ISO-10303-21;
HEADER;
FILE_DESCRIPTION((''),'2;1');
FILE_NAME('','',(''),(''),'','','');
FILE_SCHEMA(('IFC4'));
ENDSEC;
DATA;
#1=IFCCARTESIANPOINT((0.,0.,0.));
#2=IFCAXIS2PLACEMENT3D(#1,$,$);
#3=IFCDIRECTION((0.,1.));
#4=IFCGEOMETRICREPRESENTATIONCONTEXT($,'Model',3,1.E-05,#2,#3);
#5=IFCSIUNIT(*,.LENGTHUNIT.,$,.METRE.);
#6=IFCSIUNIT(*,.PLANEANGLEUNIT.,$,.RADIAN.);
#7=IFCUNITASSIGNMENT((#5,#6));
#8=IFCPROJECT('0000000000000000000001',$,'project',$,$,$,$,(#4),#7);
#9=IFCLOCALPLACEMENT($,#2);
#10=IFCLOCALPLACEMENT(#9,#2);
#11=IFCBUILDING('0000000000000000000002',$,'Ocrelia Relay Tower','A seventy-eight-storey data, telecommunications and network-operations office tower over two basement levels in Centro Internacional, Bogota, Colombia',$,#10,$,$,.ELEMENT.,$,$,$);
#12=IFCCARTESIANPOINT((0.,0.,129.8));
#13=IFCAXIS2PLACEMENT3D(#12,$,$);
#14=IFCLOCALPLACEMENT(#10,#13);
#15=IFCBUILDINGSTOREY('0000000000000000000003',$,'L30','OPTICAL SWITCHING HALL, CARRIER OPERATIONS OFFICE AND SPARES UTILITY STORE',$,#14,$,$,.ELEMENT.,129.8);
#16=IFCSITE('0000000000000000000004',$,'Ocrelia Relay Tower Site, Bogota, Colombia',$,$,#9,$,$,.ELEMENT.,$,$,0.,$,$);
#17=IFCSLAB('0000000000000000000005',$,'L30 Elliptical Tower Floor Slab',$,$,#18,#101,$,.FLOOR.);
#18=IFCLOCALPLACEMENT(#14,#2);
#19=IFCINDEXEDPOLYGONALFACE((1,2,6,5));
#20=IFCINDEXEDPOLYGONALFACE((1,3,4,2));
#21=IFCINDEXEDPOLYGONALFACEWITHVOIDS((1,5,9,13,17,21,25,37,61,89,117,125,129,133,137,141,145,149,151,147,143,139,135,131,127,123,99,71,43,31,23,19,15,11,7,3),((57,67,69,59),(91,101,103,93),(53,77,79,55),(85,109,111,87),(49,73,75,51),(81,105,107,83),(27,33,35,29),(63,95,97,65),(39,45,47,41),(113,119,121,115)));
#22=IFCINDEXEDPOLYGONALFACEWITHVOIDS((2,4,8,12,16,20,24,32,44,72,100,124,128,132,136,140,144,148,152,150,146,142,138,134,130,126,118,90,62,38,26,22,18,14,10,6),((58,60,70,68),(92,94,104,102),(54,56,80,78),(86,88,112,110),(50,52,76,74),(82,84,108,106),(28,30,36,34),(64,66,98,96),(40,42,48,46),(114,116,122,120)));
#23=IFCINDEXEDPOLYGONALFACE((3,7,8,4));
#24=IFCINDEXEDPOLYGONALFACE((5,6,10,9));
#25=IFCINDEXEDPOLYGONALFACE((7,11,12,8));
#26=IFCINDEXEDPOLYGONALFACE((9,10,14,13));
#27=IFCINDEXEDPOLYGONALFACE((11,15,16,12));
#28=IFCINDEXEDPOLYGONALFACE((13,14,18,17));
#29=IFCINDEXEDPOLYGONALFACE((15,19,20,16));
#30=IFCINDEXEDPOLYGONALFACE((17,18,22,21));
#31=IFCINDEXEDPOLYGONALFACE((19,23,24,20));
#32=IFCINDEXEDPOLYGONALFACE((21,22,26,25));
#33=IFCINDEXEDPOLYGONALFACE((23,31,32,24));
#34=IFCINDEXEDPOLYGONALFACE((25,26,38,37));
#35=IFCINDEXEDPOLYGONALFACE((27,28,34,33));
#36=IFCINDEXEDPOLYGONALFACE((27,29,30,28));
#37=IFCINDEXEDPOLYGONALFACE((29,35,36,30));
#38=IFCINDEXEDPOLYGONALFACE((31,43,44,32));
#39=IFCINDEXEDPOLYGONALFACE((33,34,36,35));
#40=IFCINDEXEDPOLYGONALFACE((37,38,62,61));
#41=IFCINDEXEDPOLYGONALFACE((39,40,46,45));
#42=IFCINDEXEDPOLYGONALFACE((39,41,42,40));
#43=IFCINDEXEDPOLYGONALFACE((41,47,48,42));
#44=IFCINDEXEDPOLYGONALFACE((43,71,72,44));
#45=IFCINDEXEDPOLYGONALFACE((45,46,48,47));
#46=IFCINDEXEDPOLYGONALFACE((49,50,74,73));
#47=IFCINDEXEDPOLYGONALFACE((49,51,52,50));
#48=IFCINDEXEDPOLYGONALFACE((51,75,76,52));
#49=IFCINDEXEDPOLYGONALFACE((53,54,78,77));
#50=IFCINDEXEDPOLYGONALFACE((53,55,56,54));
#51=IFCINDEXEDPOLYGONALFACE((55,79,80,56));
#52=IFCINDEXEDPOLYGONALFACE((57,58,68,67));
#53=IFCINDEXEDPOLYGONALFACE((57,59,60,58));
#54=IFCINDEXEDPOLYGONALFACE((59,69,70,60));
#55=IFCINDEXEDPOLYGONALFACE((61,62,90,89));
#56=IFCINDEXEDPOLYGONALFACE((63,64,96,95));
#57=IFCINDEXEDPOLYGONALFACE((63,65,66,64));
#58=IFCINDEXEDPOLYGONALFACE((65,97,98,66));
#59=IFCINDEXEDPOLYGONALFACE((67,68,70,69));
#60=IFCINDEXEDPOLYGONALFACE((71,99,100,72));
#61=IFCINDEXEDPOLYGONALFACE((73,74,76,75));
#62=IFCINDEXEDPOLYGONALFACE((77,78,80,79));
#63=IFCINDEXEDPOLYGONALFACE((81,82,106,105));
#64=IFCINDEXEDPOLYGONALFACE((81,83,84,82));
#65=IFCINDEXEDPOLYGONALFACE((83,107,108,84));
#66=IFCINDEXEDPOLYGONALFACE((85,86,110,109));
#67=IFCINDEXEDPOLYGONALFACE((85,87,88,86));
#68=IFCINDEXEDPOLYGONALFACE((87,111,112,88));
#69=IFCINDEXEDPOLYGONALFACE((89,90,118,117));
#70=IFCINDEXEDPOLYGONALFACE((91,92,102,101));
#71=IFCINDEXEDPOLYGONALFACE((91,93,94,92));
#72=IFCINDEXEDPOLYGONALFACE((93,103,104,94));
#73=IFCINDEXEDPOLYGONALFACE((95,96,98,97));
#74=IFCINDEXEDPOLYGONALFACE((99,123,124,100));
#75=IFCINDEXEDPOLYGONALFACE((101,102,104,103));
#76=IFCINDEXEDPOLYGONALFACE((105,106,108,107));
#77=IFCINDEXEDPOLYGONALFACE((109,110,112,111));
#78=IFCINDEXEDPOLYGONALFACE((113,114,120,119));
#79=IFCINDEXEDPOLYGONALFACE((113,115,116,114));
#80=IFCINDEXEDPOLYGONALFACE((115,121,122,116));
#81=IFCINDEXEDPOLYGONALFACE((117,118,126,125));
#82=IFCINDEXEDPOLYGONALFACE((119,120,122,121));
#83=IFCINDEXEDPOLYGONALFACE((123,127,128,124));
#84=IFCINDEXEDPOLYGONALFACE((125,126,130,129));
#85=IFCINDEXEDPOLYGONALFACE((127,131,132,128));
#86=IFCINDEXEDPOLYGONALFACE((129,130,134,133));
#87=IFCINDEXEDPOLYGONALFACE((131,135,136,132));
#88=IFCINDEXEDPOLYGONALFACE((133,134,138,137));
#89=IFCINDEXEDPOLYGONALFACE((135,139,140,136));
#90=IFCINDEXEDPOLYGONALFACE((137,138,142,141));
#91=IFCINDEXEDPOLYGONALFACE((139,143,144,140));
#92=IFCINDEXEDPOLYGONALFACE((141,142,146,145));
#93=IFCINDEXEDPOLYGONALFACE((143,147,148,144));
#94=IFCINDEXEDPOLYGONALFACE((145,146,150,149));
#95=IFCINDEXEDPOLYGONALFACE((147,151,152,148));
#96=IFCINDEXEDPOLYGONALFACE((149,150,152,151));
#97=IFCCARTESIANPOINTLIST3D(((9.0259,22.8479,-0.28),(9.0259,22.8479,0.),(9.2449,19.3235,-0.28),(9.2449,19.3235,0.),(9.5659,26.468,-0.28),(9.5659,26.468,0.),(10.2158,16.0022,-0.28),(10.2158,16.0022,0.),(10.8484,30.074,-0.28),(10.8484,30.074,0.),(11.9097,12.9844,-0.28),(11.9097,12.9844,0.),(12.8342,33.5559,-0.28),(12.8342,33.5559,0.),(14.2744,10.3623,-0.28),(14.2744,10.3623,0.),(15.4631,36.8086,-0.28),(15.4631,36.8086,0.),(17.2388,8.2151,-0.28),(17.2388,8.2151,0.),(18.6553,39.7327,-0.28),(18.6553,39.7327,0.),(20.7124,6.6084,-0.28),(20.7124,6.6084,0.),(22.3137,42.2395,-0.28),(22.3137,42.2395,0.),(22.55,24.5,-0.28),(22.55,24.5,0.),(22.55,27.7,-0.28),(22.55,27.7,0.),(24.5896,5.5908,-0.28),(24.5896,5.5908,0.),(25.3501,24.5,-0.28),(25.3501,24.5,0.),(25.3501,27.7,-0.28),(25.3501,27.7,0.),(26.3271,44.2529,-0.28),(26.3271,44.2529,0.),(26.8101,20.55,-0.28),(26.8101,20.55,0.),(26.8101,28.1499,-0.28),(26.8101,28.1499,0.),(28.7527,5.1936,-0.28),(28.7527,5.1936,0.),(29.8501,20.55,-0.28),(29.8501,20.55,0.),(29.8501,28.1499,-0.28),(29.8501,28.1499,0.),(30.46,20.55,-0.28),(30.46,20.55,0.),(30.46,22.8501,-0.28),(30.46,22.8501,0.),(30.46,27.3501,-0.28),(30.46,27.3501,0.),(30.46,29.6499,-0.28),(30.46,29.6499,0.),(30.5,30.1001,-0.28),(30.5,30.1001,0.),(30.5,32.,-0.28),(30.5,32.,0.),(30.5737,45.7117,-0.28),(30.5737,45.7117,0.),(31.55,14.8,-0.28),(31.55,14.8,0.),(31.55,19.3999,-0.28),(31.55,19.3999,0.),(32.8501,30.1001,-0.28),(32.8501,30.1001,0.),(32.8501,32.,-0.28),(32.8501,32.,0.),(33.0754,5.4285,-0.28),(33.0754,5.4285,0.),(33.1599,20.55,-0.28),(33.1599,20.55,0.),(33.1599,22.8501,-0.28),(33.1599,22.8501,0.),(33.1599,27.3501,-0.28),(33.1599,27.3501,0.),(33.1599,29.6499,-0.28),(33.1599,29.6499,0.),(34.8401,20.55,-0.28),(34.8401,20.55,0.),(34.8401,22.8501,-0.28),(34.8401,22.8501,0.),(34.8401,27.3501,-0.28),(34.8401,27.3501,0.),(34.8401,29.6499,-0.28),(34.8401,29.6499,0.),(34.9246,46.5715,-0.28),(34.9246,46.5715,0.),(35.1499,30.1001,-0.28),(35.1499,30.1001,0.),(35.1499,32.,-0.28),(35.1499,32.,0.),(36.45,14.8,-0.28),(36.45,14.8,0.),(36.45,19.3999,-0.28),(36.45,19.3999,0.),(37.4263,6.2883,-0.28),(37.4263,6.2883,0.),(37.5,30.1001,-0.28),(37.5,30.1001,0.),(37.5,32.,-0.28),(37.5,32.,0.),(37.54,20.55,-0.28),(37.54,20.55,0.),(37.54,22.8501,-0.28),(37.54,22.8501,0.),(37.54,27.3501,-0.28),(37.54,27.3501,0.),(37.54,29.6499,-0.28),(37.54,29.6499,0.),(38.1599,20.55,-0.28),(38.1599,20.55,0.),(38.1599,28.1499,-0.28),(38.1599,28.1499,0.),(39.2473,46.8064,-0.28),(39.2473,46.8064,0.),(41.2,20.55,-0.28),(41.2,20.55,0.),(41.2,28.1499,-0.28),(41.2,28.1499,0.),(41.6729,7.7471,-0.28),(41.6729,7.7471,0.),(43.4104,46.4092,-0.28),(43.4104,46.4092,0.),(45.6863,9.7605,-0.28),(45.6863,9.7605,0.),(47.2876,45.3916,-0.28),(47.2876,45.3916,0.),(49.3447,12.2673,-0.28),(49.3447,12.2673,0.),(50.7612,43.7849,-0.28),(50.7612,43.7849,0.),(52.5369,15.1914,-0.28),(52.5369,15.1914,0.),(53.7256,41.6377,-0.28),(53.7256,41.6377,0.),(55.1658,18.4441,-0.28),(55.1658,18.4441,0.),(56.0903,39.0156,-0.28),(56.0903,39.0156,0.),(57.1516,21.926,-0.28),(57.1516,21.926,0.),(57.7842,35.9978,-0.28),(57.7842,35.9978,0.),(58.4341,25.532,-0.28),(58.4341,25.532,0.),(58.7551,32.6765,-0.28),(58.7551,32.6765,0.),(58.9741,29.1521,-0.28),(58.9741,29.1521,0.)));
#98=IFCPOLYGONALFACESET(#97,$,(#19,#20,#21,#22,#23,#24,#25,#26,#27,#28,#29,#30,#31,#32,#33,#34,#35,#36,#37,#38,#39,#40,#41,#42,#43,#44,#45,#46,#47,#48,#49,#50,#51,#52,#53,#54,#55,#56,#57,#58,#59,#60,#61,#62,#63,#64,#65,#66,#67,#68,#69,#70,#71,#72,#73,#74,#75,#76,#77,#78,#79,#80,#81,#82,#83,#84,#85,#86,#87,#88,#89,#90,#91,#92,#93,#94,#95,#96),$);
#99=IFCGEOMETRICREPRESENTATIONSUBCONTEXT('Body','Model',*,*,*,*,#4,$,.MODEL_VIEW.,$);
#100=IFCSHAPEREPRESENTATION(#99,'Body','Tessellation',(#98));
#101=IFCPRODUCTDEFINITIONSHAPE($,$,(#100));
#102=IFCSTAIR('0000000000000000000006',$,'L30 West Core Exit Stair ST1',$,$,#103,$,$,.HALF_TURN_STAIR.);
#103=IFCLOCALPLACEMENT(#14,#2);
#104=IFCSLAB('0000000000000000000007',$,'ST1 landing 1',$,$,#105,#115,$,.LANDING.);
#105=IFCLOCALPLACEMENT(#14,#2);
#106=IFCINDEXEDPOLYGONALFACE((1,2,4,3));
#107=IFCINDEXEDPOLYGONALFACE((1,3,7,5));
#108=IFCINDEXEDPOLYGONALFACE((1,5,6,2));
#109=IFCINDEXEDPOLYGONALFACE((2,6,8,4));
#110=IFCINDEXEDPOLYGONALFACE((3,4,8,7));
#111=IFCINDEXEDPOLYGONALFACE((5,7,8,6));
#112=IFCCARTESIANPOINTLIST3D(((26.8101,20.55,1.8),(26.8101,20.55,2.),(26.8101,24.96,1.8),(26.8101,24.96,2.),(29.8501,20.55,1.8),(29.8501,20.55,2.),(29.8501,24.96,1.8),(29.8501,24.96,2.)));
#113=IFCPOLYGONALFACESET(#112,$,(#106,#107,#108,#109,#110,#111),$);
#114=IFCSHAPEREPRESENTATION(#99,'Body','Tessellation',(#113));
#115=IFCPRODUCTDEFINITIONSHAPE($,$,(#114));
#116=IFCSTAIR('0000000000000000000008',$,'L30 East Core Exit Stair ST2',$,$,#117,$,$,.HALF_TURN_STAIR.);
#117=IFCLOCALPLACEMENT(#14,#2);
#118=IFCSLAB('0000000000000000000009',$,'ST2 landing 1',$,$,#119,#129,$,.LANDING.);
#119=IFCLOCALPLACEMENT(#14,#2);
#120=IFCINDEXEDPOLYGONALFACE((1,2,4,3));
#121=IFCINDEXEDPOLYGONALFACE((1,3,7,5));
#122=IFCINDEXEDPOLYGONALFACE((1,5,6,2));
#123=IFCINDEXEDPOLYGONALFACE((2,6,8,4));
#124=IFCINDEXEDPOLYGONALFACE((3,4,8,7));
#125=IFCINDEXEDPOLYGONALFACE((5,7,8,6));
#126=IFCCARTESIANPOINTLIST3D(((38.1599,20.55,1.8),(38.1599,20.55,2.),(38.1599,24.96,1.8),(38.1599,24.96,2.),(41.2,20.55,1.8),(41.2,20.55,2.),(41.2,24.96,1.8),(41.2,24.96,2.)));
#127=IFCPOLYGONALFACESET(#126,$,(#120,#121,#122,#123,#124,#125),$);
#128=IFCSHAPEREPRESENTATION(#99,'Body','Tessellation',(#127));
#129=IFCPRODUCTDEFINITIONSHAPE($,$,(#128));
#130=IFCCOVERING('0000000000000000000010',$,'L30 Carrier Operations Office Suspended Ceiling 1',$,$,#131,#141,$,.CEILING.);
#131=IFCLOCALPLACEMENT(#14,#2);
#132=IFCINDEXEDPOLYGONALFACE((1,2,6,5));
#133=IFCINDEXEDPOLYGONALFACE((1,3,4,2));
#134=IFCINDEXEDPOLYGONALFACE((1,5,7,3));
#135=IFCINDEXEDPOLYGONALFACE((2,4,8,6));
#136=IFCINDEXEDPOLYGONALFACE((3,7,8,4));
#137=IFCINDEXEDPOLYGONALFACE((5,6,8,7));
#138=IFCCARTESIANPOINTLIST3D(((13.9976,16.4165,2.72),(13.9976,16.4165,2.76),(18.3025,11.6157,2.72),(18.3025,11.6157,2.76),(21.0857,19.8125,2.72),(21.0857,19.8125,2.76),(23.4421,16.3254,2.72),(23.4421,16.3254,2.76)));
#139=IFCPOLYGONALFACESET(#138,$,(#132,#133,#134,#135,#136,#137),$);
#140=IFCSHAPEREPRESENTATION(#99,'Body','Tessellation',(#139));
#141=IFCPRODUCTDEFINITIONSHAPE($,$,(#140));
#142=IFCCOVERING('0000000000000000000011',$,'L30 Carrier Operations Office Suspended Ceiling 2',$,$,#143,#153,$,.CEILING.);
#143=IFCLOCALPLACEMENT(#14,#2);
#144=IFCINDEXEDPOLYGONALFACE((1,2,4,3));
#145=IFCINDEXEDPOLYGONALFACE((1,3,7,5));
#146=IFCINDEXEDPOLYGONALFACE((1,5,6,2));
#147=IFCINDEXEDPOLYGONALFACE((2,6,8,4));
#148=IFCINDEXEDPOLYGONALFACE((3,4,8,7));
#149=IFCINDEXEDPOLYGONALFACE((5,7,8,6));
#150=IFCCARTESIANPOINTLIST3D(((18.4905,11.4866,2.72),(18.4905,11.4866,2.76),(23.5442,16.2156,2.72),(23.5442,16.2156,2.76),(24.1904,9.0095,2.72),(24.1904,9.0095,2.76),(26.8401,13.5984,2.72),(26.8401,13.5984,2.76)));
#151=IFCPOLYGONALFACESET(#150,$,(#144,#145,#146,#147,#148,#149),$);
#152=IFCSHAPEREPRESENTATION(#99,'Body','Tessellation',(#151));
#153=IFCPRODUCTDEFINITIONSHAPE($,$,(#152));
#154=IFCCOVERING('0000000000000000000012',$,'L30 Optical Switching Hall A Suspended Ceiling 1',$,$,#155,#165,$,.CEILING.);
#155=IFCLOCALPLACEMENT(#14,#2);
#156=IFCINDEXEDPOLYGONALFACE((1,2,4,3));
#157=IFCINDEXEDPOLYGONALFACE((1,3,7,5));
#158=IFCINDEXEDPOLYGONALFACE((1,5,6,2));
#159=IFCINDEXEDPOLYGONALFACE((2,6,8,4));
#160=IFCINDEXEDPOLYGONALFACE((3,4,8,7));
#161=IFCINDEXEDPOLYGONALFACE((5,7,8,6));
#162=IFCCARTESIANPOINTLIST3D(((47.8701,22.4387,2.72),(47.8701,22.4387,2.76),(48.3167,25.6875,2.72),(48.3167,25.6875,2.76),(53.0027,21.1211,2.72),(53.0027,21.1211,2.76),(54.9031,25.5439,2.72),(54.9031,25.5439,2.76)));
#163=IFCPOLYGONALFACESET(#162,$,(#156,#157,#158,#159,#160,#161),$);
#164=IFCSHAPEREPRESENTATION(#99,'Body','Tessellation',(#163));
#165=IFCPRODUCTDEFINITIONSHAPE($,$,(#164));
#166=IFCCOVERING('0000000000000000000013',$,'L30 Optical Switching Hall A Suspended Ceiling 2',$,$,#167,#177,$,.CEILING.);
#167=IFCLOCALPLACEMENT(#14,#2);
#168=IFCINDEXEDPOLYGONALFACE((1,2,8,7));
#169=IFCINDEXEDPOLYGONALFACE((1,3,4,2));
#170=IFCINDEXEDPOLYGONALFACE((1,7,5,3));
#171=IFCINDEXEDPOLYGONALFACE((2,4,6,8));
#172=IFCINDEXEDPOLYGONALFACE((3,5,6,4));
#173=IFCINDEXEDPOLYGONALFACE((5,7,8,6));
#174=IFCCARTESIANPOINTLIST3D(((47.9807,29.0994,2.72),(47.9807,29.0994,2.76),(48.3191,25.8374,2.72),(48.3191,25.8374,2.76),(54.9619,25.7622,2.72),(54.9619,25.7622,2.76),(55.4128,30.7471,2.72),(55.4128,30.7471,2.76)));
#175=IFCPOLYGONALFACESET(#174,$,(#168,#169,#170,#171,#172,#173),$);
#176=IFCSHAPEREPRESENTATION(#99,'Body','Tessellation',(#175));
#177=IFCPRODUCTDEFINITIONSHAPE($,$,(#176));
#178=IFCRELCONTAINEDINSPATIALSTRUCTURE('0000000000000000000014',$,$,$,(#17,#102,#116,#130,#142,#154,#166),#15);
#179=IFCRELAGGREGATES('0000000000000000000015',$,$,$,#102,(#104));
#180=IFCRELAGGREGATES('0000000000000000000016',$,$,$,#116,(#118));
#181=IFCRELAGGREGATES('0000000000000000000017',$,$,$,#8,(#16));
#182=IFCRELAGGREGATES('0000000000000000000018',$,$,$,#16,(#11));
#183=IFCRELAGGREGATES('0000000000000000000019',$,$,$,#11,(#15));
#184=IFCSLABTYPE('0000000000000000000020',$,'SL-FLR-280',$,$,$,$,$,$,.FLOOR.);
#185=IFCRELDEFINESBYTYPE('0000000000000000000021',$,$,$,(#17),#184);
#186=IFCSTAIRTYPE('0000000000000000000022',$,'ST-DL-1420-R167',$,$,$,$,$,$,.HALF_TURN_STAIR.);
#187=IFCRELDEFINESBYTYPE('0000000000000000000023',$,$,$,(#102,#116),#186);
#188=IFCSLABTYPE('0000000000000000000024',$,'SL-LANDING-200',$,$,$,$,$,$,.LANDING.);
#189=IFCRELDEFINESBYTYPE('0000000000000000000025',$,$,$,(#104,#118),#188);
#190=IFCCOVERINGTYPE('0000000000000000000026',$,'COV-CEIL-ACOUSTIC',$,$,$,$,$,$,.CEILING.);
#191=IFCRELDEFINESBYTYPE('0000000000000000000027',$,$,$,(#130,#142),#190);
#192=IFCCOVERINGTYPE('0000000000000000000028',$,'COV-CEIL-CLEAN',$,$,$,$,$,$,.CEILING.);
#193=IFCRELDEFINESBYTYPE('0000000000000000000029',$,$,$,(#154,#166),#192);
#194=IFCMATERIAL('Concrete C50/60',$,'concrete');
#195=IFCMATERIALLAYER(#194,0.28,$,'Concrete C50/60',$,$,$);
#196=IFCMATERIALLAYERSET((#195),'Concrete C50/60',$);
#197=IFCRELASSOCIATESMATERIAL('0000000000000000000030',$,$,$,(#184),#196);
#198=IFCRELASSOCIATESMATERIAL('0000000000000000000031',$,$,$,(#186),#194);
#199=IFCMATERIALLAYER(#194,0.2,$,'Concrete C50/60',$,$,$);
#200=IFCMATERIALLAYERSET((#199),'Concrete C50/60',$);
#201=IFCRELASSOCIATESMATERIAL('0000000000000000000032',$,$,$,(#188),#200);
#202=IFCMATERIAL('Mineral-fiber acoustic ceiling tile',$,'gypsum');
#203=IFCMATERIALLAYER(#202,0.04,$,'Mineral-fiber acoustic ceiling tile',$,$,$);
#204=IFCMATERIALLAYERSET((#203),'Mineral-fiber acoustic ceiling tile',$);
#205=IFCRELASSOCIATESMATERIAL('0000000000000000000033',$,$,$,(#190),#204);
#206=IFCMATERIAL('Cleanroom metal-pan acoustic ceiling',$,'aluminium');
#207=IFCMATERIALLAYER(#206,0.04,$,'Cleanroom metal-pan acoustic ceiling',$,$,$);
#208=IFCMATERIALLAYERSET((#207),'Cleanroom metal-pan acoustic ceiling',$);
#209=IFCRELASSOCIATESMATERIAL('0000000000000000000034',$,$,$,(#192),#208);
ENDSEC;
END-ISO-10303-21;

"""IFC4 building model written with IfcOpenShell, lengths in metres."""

from ifc_helpers import new_model, si_unit, direction, frame, origin, place, context, subcontext, project, spatial, polyline, outline, extrude, material, layer, layer_set, type_object, element, aggregate, save


model = new_model("IFC4")

# Units and contexts
model_context = context("Model", 3, precision=1e-05, world=origin(), true_north=direction((0.0, 1.0)))
body_context = subcontext(model_context, "Body", "Model", "MODEL_VIEW")
ifc_project = project(units=[si_unit("LENGTHUNIT", "METRE"), si_unit("PLANEANGLEUNIT", "RADIAN")], contexts=[model_context])

# Site, building, storey
site_placement = place(None, origin())
site = spatial("IfcSite", under=ifc_project, at=site_placement, Name="Ocrelia Relay Tower Site, Bogota, Colombia", CompositionType="ELEMENT", RefElevation=0.0)
building_placement = place(site_placement, origin())
building = spatial("IfcBuilding", under=site, at=building_placement, Name="Ocrelia Relay Tower", Description="A seventy-eight-storey data, telecommunications and network-operations office tower over two basement levels in Centro Internacional, Bogota, Colombia", CompositionType="ELEMENT")
storey_placement = place(building_placement, frame((0.0, 0.0, 129.8)))
storey = spatial("IfcBuildingStorey", under=building, at=storey_placement, Name="L30", Description="OPTICAL SWITCHING HALL, CARRIER OPERATIONS OFFICE AND SPARES UTILITY STORE", CompositionType="ELEMENT", Elevation=129.8)

# Slab
ifc_material_1 = material(Name="Concrete C50/60", Category="concrete")
ifc_layer_1 = layer(ifc_material_1, 0.28, Name="Concrete C50/60")
ifc_layer_set_1 = layer_set([ifc_layer_1], Name="Concrete C50/60")
slab_type_1 = type_object("IfcSlabType", Name="SL-FLR-280", PredefinedType="FLOOR", material=ifc_layer_set_1)
slab_1_placement = place(storey_placement, frame((0.0, 0.0, -0.28)))
element("IfcSlab", 1, at=slab_1_placement, inside=storey, type_object=slab_type_1, Name="L30 Elliptical Tower Floor Slab", PredefinedType="FLOOR", context=body_context, shape_type="SweptSolid", body=[
    extrude(outline(polyline([(57.7842, 35.9978), (56.0903, 39.0156), (53.7256, 41.6377), (50.7612, 43.7849), (47.2876, 45.3916), (43.4104, 46.4092), (39.2473, 46.8064), (34.9246, 46.5715), (30.5737, 45.7117), (26.3271, 44.2529), (22.3137, 42.2395), (18.6553, 39.7327), (15.4631, 36.8086), (12.8342, 33.5559), (10.8484, 30.074), (9.5659, 26.468), (9.0259, 22.8479), (9.2449, 19.3235), (10.2158, 16.0022), (11.9097, 12.9844), (14.2744, 10.3623), (17.2388, 8.2151), (20.7124, 6.6084), (24.5896, 5.5908), (28.7527, 5.1936), (33.0754, 5.4285), (37.4263, 6.2883), (41.6729, 7.7471), (45.6863, 9.7605), (49.3447, 12.2673), (52.5369, 15.1914), (55.1658, 18.4441), (57.1516, 21.926), (58.4341, 25.532), (58.9741, 29.1521), (58.7551, 32.6765), (57.7842, 35.9978)]), holes=[polyline([(26.8101, 28.1499), (26.8101, 20.55), (29.8501, 20.55), (29.8501, 28.1499), (26.8101, 28.1499)]), polyline([(38.1599, 28.1499), (38.1599, 20.55), (41.2, 20.55), (41.2, 28.1499), (38.1599, 28.1499)]), polyline([(30.46, 20.55), (33.1599, 20.55), (33.1599, 22.8501), (30.46, 22.8501), (30.46, 20.55)]), polyline([(34.8401, 20.55), (37.54, 20.55), (37.54, 22.8501), (34.8401, 22.8501), (34.8401, 20.55)]), polyline([(30.46, 27.3501), (33.1599, 27.3501), (33.1599, 29.6499), (30.46, 29.6499), (30.46, 27.3501)]), polyline([(34.8401, 27.3501), (37.54, 27.3501), (37.54, 29.6499), (34.8401, 29.6499), (34.8401, 27.3501)]), polyline([(30.5, 30.1001), (32.8501, 30.1001), (32.8501, 32.0), (30.5, 32.0), (30.5, 30.1001)]), polyline([(35.1499, 30.1001), (37.5, 30.1001), (37.5, 32.0), (35.1499, 32.0), (35.1499, 30.1001)]), polyline([(22.55, 24.5), (25.3501, 24.5), (25.3501, 27.7), (22.55, 27.7), (22.55, 24.5)]), polyline([(31.55, 14.8), (36.45, 14.8), (36.45, 19.3999), (31.55, 19.3999), (31.55, 14.8)])]), origin(), (0.0, 0.0, 1.0), 0.28),
])

# Stairs, slabs
stair_type = type_object("IfcStairType", Name="ST-DL-1420-R167", PredefinedType="HALF_TURN_STAIR", material=ifc_material_1)
stair_1_placement = place(storey_placement, origin())
stair_1 = element("IfcStair", 2, at=stair_1_placement, inside=storey, type_object=stair_type, Name="L30 West Core Exit Stair ST1", PredefinedType="HALF_TURN_STAIR")
ifc_layer_2 = layer(ifc_material_1, 0.2, Name="Concrete C50/60")
ifc_layer_set_2 = layer_set([ifc_layer_2], Name="Concrete C50/60")
slab_type_2 = type_object("IfcSlabType", Name="SL-LANDING-200", PredefinedType="LANDING", material=ifc_layer_set_2)
slab_2_placement = place(storey_placement, frame((0.0, 0.0, 1.8)))
slab_2 = element("IfcSlab", 3, at=slab_2_placement, type_object=slab_type_2, Name="ST1 landing 1", PredefinedType="LANDING", context=body_context, shape_type="SweptSolid", body=[
    extrude(outline(polyline([(26.8101, 24.96), (26.8101, 20.55), (29.8501, 20.55), (29.8501, 24.96), (26.8101, 24.96)])), origin(), (0.0, 0.0, 1.0), 0.2),
])
aggregate(stair_1, [slab_2])
stair_2_placement = place(storey_placement, origin())
stair_2 = element("IfcStair", 4, at=stair_2_placement, inside=storey, type_object=stair_type, Name="L30 East Core Exit Stair ST2", PredefinedType="HALF_TURN_STAIR")
slab_3_placement = place(storey_placement, frame((0.0, 0.0, 1.8)))
slab_3 = element("IfcSlab", 5, at=slab_3_placement, type_object=slab_type_2, Name="ST2 landing 1", PredefinedType="LANDING", context=body_context, shape_type="SweptSolid", body=[
    extrude(outline(polyline([(38.1599, 24.96), (38.1599, 20.55), (41.2, 20.55), (41.2, 24.96), (38.1599, 24.96)])), origin(), (0.0, 0.0, 1.0), 0.2),
])
aggregate(stair_2, [slab_3])

# Coverings
ifc_material_2 = material(Name="Mineral-fiber acoustic ceiling tile", Category="gypsum")
ifc_layer_3 = layer(ifc_material_2, 0.04, Name="Mineral-fiber acoustic ceiling tile")
ifc_layer_set_3 = layer_set([ifc_layer_3], Name="Mineral-fiber acoustic ceiling tile")
covering_type_1 = type_object("IfcCoveringType", Name="COV-CEIL-ACOUSTIC", PredefinedType="CEILING", material=ifc_layer_set_3)
covering_1_placement = place(storey_placement, frame((0.0, 0.0, 2.72)))
element("IfcCovering", 6, at=covering_1_placement, inside=storey, type_object=covering_type_1, Name="L30 Carrier Operations Office Suspended Ceiling 1", PredefinedType="CEILING", context=body_context, shape_type="SweptSolid", body=[
    extrude(outline(polyline([(21.0857, 19.8125), (13.9976, 16.4165), (18.3025, 11.6157), (23.4421, 16.3254), (21.0857, 19.8125)])), origin(), (0.0, 0.0, 1.0), 0.04),
])
covering_2_placement = place(storey_placement, frame((0.0, 0.0, 2.72)))
element("IfcCovering", 7, at=covering_2_placement, inside=storey, type_object=covering_type_1, Name="L30 Carrier Operations Office Suspended Ceiling 2", PredefinedType="CEILING", context=body_context, shape_type="SweptSolid", body=[
    extrude(outline(polyline([(23.5442, 16.2156), (18.4905, 11.4866), (24.1904, 9.0095), (26.8401, 13.5984), (23.5442, 16.2156)])), origin(), (0.0, 0.0, 1.0), 0.04),
])
ifc_material_3 = material(Name="Cleanroom metal-pan acoustic ceiling", Category="aluminium")
ifc_layer_4 = layer(ifc_material_3, 0.04, Name="Cleanroom metal-pan acoustic ceiling")
ifc_layer_set_4 = layer_set([ifc_layer_4], Name="Cleanroom metal-pan acoustic ceiling")
covering_type_2 = type_object("IfcCoveringType", Name="COV-CEIL-CLEAN", PredefinedType="CEILING", material=ifc_layer_set_4)
covering_3_placement = place(storey_placement, frame((0.0, 0.0, 2.72)))
element("IfcCovering", 8, at=covering_3_placement, inside=storey, type_object=covering_type_2, Name="L30 Optical Switching Hall A Suspended Ceiling 1", PredefinedType="CEILING", context=body_context, shape_type="SweptSolid", body=[
    extrude(outline(polyline([(47.8701, 22.4387), (53.0027, 21.1211), (54.9031, 25.5439), (48.3167, 25.6875), (47.8701, 22.4387)])), origin(), (0.0, 0.0, 1.0), 0.04),
])
covering_4_placement = place(storey_placement, frame((0.0, 0.0, 2.72)))
element("IfcCovering", 9, at=covering_4_placement, inside=storey, type_object=covering_type_2, Name="L30 Optical Switching Hall A Suspended Ceiling 2", PredefinedType="CEILING", context=body_context, shape_type="SweptSolid", body=[
    extrude(outline(polyline([(48.3191, 25.8374), (54.9619, 25.7622), (55.4128, 30.7471), (47.9807, 29.0994), (48.3191, 25.8374)])), origin(), (0.0, 0.0, 1.0), 0.04),
])

save(model, "model.ifc")
